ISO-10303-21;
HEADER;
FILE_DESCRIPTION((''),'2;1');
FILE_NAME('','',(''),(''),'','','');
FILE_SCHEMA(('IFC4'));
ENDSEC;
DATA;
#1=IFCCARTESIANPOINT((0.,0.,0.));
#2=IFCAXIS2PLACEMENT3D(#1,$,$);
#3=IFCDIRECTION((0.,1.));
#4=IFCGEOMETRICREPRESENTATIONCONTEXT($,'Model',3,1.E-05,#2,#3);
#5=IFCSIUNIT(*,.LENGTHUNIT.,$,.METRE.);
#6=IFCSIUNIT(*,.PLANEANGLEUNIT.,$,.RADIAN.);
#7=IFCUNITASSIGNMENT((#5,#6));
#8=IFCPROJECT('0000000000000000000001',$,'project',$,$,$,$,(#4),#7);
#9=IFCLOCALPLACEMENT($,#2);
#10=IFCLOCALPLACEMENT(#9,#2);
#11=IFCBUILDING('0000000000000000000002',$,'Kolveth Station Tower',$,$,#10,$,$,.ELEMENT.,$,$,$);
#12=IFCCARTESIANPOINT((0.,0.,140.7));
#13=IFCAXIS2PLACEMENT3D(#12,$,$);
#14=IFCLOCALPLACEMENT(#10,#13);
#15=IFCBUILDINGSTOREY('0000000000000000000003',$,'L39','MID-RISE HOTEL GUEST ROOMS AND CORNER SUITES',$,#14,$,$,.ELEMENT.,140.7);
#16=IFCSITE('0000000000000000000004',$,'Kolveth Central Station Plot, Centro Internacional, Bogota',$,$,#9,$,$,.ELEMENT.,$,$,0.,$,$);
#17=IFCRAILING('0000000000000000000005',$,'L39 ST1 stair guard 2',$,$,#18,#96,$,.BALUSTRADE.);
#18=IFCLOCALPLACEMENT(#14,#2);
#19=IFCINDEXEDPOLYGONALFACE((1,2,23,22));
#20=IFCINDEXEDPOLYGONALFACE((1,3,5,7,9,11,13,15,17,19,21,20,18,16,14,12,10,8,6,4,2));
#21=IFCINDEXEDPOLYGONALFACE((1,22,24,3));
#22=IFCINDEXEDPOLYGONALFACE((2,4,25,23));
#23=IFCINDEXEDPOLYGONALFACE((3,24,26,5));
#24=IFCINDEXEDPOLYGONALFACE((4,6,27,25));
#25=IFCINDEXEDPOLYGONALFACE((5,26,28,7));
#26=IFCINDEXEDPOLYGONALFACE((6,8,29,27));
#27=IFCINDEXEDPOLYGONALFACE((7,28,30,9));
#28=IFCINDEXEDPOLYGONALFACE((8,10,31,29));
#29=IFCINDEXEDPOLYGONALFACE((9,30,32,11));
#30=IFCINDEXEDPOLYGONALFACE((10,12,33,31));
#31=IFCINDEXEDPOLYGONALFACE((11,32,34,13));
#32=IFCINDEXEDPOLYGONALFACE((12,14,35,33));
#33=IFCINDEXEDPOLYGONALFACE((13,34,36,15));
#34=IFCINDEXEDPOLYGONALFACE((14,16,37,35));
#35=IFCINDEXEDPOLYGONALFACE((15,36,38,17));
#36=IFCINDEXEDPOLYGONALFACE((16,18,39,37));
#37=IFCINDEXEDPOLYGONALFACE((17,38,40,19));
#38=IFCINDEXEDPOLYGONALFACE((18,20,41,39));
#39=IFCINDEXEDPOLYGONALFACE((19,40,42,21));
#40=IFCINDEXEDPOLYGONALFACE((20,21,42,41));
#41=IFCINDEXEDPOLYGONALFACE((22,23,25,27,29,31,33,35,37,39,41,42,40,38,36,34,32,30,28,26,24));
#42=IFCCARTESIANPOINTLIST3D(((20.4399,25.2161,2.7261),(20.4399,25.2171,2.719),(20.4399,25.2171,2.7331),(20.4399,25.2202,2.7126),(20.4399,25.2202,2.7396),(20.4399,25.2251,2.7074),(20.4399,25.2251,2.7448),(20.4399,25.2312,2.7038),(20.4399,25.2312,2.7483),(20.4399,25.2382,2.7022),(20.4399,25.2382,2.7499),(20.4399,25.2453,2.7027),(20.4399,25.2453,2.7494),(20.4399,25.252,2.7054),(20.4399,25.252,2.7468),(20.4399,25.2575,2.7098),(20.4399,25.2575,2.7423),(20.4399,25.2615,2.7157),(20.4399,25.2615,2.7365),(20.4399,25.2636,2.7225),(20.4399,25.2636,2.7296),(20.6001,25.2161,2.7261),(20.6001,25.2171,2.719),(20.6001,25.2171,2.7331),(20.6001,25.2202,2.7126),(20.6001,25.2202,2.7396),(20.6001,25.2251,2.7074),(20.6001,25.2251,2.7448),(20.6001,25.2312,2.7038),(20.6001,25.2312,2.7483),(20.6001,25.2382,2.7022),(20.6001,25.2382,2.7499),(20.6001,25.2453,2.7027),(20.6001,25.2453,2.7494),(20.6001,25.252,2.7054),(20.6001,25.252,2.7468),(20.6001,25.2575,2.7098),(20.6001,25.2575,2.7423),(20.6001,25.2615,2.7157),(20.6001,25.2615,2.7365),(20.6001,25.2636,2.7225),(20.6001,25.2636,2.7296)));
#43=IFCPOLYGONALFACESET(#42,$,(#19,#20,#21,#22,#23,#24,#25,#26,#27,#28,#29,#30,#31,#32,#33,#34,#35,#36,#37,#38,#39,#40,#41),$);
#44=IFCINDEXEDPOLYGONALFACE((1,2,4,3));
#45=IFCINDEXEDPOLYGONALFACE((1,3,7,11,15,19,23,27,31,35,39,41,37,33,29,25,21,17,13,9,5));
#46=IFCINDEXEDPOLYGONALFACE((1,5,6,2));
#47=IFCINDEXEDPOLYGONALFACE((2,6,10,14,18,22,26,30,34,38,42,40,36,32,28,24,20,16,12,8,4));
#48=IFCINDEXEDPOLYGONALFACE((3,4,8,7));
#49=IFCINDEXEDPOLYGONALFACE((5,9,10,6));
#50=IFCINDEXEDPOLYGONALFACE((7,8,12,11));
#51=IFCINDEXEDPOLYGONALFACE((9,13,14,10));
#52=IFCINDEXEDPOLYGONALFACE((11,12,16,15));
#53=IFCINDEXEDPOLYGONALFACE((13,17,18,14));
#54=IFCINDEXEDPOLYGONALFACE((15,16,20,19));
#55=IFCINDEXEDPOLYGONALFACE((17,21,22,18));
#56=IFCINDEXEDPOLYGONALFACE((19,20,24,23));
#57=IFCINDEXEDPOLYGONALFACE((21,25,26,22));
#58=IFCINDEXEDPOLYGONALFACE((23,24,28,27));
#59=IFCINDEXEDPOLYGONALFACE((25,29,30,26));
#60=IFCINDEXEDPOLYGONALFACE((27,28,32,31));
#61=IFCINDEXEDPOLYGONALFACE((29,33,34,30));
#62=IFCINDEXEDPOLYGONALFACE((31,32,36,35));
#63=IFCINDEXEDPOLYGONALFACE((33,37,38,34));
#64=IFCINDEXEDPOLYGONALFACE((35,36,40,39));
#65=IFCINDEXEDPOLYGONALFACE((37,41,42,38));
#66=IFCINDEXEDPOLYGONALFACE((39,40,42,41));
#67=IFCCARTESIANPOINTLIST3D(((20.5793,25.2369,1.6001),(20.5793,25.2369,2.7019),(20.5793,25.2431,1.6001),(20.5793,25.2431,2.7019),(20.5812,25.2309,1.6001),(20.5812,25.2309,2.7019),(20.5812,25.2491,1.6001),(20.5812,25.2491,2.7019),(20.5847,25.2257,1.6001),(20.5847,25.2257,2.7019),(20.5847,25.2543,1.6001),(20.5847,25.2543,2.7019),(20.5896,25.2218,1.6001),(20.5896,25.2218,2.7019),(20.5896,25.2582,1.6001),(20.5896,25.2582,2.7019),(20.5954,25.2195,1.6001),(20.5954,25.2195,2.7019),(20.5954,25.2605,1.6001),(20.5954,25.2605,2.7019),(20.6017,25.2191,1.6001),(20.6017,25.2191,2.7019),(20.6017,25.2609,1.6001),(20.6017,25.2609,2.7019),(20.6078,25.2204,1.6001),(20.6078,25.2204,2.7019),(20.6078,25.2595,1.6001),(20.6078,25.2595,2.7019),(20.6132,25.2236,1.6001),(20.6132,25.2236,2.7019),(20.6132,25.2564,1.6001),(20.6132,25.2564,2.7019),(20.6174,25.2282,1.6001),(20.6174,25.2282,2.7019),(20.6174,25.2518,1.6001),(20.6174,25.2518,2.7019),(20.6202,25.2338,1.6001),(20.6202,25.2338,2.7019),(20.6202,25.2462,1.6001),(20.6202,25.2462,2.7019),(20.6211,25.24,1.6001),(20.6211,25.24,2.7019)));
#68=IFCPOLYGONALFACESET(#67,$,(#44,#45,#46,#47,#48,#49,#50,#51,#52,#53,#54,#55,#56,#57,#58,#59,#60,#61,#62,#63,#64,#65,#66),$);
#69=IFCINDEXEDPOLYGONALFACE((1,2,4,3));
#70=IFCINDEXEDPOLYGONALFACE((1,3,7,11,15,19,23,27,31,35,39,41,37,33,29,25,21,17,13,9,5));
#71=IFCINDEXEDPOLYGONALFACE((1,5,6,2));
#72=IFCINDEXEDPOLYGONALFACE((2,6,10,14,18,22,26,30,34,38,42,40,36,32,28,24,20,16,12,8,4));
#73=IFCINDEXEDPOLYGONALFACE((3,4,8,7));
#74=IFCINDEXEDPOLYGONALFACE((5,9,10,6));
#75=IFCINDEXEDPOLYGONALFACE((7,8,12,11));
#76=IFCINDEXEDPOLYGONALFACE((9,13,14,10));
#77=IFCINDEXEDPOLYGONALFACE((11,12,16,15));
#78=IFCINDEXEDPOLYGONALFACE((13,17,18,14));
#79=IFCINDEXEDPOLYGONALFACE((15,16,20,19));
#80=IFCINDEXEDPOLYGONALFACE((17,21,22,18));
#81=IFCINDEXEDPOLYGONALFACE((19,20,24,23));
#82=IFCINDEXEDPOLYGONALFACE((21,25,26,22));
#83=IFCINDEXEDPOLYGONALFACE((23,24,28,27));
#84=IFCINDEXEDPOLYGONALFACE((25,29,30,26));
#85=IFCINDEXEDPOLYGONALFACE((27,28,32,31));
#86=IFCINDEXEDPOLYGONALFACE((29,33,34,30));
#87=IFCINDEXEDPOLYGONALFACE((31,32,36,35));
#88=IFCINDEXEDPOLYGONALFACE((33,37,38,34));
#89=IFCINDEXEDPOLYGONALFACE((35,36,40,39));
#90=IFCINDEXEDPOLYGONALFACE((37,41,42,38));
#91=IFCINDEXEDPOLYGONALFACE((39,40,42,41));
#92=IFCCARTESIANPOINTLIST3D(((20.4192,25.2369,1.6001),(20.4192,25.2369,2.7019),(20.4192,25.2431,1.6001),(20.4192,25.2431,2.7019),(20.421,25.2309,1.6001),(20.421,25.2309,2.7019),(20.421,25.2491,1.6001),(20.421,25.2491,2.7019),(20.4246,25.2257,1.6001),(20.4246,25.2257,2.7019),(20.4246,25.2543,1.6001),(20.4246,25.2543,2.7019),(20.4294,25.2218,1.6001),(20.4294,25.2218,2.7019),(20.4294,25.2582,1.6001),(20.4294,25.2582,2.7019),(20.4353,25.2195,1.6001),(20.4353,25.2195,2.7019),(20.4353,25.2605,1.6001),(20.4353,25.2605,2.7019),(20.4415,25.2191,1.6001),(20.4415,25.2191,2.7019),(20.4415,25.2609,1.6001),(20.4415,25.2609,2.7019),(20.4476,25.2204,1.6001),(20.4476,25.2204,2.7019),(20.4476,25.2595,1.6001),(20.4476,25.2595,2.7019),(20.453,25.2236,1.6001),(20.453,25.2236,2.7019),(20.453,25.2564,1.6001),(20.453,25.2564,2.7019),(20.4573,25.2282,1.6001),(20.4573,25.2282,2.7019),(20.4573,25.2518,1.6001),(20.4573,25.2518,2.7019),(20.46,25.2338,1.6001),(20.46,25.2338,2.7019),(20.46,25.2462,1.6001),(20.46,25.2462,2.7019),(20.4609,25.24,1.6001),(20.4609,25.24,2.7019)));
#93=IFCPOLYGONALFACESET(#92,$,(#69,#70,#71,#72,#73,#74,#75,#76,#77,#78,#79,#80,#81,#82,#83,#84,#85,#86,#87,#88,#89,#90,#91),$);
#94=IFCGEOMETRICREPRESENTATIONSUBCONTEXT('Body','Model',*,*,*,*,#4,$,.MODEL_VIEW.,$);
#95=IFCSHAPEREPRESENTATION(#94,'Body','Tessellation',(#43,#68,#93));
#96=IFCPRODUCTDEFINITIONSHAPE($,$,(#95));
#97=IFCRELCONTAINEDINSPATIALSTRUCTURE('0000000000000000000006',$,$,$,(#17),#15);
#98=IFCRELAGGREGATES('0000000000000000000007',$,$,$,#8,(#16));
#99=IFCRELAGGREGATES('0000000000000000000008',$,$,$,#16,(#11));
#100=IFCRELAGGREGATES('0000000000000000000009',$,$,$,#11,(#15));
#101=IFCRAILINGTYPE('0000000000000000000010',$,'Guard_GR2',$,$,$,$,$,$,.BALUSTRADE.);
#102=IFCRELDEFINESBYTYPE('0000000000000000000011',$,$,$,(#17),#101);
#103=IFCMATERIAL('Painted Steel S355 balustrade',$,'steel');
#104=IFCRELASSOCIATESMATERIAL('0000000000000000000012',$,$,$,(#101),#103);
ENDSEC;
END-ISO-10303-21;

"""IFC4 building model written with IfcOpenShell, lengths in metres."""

from ifc_helpers import new_model, si_unit, direction, frame, origin, origin_2d, place, context, subcontext, project, spatial, circle, extrude, material, type_object, element, save


model = new_model("IFC4")

# Units and contexts
model_context = context("Model", 3, precision=1e-05, world=origin(), true_north=direction((0.0, 1.0)))
body_context = subcontext(model_context, "Body", "Model", "MODEL_VIEW")
ifc_project = project(units=[si_unit("LENGTHUNIT", "METRE"), si_unit("PLANEANGLEUNIT", "RADIAN")], contexts=[model_context])

# Site, building, storey
site_placement = place(None, origin())
site = spatial("IfcSite", under=ifc_project, at=site_placement, Name="Kolveth Central Station Plot, Centro Internacional, Bogota", CompositionType="ELEMENT", RefElevation=0.0)
building_placement = place(site_placement, origin())
building = spatial("IfcBuilding", under=site, at=building_placement, Name="Kolveth Station Tower", CompositionType="ELEMENT")
storey_placement = place(building_placement, frame((0.0, 0.0, 140.7)))
storey = spatial("IfcBuildingStorey", under=building, at=storey_placement, Name="L39", Description="MID-RISE HOTEL GUEST ROOMS AND CORNER SUITES", CompositionType="ELEMENT", Elevation=140.7)

# Railing
ifc_material_1 = material(Name="Painted Steel S355 balustrade", Category="steel")
railing_type_1 = type_object("IfcRailingType", Name="Guard_GR2", PredefinedType="BALUSTRADE", material=ifc_material_1)
railing_1_placement = place(storey_placement, frame((20.6001, 25.24, 1.6001)))
element("IfcRailing", 1, at=railing_1_placement, inside=storey, type_object=railing_type_1, Name="L39 ST1 stair guard 2", PredefinedType="BALUSTRADE", context=body_context, shape_type="SweptSolid", body=[
    extrude(circle(Radius=0.0239, at=origin_2d()), frame((0.0, 0.0, 1.126), z_axis=(-1.0, 0.0, 0.0), x_axis=(0.0, -1.0, 0.0)), (0.0, 0.0, 1.0), 0.1602),
    extrude(circle(Radius=0.021, at=origin_2d()), origin(), (0.0, 0.0, 1.0), 1.1018),
    extrude(circle(Radius=0.021, at=origin_2d()), frame((-0.1602, 0.0, 0.0)), (0.0, 0.0, 1.0), 1.1018),
])

save(model, "model.ifc")
